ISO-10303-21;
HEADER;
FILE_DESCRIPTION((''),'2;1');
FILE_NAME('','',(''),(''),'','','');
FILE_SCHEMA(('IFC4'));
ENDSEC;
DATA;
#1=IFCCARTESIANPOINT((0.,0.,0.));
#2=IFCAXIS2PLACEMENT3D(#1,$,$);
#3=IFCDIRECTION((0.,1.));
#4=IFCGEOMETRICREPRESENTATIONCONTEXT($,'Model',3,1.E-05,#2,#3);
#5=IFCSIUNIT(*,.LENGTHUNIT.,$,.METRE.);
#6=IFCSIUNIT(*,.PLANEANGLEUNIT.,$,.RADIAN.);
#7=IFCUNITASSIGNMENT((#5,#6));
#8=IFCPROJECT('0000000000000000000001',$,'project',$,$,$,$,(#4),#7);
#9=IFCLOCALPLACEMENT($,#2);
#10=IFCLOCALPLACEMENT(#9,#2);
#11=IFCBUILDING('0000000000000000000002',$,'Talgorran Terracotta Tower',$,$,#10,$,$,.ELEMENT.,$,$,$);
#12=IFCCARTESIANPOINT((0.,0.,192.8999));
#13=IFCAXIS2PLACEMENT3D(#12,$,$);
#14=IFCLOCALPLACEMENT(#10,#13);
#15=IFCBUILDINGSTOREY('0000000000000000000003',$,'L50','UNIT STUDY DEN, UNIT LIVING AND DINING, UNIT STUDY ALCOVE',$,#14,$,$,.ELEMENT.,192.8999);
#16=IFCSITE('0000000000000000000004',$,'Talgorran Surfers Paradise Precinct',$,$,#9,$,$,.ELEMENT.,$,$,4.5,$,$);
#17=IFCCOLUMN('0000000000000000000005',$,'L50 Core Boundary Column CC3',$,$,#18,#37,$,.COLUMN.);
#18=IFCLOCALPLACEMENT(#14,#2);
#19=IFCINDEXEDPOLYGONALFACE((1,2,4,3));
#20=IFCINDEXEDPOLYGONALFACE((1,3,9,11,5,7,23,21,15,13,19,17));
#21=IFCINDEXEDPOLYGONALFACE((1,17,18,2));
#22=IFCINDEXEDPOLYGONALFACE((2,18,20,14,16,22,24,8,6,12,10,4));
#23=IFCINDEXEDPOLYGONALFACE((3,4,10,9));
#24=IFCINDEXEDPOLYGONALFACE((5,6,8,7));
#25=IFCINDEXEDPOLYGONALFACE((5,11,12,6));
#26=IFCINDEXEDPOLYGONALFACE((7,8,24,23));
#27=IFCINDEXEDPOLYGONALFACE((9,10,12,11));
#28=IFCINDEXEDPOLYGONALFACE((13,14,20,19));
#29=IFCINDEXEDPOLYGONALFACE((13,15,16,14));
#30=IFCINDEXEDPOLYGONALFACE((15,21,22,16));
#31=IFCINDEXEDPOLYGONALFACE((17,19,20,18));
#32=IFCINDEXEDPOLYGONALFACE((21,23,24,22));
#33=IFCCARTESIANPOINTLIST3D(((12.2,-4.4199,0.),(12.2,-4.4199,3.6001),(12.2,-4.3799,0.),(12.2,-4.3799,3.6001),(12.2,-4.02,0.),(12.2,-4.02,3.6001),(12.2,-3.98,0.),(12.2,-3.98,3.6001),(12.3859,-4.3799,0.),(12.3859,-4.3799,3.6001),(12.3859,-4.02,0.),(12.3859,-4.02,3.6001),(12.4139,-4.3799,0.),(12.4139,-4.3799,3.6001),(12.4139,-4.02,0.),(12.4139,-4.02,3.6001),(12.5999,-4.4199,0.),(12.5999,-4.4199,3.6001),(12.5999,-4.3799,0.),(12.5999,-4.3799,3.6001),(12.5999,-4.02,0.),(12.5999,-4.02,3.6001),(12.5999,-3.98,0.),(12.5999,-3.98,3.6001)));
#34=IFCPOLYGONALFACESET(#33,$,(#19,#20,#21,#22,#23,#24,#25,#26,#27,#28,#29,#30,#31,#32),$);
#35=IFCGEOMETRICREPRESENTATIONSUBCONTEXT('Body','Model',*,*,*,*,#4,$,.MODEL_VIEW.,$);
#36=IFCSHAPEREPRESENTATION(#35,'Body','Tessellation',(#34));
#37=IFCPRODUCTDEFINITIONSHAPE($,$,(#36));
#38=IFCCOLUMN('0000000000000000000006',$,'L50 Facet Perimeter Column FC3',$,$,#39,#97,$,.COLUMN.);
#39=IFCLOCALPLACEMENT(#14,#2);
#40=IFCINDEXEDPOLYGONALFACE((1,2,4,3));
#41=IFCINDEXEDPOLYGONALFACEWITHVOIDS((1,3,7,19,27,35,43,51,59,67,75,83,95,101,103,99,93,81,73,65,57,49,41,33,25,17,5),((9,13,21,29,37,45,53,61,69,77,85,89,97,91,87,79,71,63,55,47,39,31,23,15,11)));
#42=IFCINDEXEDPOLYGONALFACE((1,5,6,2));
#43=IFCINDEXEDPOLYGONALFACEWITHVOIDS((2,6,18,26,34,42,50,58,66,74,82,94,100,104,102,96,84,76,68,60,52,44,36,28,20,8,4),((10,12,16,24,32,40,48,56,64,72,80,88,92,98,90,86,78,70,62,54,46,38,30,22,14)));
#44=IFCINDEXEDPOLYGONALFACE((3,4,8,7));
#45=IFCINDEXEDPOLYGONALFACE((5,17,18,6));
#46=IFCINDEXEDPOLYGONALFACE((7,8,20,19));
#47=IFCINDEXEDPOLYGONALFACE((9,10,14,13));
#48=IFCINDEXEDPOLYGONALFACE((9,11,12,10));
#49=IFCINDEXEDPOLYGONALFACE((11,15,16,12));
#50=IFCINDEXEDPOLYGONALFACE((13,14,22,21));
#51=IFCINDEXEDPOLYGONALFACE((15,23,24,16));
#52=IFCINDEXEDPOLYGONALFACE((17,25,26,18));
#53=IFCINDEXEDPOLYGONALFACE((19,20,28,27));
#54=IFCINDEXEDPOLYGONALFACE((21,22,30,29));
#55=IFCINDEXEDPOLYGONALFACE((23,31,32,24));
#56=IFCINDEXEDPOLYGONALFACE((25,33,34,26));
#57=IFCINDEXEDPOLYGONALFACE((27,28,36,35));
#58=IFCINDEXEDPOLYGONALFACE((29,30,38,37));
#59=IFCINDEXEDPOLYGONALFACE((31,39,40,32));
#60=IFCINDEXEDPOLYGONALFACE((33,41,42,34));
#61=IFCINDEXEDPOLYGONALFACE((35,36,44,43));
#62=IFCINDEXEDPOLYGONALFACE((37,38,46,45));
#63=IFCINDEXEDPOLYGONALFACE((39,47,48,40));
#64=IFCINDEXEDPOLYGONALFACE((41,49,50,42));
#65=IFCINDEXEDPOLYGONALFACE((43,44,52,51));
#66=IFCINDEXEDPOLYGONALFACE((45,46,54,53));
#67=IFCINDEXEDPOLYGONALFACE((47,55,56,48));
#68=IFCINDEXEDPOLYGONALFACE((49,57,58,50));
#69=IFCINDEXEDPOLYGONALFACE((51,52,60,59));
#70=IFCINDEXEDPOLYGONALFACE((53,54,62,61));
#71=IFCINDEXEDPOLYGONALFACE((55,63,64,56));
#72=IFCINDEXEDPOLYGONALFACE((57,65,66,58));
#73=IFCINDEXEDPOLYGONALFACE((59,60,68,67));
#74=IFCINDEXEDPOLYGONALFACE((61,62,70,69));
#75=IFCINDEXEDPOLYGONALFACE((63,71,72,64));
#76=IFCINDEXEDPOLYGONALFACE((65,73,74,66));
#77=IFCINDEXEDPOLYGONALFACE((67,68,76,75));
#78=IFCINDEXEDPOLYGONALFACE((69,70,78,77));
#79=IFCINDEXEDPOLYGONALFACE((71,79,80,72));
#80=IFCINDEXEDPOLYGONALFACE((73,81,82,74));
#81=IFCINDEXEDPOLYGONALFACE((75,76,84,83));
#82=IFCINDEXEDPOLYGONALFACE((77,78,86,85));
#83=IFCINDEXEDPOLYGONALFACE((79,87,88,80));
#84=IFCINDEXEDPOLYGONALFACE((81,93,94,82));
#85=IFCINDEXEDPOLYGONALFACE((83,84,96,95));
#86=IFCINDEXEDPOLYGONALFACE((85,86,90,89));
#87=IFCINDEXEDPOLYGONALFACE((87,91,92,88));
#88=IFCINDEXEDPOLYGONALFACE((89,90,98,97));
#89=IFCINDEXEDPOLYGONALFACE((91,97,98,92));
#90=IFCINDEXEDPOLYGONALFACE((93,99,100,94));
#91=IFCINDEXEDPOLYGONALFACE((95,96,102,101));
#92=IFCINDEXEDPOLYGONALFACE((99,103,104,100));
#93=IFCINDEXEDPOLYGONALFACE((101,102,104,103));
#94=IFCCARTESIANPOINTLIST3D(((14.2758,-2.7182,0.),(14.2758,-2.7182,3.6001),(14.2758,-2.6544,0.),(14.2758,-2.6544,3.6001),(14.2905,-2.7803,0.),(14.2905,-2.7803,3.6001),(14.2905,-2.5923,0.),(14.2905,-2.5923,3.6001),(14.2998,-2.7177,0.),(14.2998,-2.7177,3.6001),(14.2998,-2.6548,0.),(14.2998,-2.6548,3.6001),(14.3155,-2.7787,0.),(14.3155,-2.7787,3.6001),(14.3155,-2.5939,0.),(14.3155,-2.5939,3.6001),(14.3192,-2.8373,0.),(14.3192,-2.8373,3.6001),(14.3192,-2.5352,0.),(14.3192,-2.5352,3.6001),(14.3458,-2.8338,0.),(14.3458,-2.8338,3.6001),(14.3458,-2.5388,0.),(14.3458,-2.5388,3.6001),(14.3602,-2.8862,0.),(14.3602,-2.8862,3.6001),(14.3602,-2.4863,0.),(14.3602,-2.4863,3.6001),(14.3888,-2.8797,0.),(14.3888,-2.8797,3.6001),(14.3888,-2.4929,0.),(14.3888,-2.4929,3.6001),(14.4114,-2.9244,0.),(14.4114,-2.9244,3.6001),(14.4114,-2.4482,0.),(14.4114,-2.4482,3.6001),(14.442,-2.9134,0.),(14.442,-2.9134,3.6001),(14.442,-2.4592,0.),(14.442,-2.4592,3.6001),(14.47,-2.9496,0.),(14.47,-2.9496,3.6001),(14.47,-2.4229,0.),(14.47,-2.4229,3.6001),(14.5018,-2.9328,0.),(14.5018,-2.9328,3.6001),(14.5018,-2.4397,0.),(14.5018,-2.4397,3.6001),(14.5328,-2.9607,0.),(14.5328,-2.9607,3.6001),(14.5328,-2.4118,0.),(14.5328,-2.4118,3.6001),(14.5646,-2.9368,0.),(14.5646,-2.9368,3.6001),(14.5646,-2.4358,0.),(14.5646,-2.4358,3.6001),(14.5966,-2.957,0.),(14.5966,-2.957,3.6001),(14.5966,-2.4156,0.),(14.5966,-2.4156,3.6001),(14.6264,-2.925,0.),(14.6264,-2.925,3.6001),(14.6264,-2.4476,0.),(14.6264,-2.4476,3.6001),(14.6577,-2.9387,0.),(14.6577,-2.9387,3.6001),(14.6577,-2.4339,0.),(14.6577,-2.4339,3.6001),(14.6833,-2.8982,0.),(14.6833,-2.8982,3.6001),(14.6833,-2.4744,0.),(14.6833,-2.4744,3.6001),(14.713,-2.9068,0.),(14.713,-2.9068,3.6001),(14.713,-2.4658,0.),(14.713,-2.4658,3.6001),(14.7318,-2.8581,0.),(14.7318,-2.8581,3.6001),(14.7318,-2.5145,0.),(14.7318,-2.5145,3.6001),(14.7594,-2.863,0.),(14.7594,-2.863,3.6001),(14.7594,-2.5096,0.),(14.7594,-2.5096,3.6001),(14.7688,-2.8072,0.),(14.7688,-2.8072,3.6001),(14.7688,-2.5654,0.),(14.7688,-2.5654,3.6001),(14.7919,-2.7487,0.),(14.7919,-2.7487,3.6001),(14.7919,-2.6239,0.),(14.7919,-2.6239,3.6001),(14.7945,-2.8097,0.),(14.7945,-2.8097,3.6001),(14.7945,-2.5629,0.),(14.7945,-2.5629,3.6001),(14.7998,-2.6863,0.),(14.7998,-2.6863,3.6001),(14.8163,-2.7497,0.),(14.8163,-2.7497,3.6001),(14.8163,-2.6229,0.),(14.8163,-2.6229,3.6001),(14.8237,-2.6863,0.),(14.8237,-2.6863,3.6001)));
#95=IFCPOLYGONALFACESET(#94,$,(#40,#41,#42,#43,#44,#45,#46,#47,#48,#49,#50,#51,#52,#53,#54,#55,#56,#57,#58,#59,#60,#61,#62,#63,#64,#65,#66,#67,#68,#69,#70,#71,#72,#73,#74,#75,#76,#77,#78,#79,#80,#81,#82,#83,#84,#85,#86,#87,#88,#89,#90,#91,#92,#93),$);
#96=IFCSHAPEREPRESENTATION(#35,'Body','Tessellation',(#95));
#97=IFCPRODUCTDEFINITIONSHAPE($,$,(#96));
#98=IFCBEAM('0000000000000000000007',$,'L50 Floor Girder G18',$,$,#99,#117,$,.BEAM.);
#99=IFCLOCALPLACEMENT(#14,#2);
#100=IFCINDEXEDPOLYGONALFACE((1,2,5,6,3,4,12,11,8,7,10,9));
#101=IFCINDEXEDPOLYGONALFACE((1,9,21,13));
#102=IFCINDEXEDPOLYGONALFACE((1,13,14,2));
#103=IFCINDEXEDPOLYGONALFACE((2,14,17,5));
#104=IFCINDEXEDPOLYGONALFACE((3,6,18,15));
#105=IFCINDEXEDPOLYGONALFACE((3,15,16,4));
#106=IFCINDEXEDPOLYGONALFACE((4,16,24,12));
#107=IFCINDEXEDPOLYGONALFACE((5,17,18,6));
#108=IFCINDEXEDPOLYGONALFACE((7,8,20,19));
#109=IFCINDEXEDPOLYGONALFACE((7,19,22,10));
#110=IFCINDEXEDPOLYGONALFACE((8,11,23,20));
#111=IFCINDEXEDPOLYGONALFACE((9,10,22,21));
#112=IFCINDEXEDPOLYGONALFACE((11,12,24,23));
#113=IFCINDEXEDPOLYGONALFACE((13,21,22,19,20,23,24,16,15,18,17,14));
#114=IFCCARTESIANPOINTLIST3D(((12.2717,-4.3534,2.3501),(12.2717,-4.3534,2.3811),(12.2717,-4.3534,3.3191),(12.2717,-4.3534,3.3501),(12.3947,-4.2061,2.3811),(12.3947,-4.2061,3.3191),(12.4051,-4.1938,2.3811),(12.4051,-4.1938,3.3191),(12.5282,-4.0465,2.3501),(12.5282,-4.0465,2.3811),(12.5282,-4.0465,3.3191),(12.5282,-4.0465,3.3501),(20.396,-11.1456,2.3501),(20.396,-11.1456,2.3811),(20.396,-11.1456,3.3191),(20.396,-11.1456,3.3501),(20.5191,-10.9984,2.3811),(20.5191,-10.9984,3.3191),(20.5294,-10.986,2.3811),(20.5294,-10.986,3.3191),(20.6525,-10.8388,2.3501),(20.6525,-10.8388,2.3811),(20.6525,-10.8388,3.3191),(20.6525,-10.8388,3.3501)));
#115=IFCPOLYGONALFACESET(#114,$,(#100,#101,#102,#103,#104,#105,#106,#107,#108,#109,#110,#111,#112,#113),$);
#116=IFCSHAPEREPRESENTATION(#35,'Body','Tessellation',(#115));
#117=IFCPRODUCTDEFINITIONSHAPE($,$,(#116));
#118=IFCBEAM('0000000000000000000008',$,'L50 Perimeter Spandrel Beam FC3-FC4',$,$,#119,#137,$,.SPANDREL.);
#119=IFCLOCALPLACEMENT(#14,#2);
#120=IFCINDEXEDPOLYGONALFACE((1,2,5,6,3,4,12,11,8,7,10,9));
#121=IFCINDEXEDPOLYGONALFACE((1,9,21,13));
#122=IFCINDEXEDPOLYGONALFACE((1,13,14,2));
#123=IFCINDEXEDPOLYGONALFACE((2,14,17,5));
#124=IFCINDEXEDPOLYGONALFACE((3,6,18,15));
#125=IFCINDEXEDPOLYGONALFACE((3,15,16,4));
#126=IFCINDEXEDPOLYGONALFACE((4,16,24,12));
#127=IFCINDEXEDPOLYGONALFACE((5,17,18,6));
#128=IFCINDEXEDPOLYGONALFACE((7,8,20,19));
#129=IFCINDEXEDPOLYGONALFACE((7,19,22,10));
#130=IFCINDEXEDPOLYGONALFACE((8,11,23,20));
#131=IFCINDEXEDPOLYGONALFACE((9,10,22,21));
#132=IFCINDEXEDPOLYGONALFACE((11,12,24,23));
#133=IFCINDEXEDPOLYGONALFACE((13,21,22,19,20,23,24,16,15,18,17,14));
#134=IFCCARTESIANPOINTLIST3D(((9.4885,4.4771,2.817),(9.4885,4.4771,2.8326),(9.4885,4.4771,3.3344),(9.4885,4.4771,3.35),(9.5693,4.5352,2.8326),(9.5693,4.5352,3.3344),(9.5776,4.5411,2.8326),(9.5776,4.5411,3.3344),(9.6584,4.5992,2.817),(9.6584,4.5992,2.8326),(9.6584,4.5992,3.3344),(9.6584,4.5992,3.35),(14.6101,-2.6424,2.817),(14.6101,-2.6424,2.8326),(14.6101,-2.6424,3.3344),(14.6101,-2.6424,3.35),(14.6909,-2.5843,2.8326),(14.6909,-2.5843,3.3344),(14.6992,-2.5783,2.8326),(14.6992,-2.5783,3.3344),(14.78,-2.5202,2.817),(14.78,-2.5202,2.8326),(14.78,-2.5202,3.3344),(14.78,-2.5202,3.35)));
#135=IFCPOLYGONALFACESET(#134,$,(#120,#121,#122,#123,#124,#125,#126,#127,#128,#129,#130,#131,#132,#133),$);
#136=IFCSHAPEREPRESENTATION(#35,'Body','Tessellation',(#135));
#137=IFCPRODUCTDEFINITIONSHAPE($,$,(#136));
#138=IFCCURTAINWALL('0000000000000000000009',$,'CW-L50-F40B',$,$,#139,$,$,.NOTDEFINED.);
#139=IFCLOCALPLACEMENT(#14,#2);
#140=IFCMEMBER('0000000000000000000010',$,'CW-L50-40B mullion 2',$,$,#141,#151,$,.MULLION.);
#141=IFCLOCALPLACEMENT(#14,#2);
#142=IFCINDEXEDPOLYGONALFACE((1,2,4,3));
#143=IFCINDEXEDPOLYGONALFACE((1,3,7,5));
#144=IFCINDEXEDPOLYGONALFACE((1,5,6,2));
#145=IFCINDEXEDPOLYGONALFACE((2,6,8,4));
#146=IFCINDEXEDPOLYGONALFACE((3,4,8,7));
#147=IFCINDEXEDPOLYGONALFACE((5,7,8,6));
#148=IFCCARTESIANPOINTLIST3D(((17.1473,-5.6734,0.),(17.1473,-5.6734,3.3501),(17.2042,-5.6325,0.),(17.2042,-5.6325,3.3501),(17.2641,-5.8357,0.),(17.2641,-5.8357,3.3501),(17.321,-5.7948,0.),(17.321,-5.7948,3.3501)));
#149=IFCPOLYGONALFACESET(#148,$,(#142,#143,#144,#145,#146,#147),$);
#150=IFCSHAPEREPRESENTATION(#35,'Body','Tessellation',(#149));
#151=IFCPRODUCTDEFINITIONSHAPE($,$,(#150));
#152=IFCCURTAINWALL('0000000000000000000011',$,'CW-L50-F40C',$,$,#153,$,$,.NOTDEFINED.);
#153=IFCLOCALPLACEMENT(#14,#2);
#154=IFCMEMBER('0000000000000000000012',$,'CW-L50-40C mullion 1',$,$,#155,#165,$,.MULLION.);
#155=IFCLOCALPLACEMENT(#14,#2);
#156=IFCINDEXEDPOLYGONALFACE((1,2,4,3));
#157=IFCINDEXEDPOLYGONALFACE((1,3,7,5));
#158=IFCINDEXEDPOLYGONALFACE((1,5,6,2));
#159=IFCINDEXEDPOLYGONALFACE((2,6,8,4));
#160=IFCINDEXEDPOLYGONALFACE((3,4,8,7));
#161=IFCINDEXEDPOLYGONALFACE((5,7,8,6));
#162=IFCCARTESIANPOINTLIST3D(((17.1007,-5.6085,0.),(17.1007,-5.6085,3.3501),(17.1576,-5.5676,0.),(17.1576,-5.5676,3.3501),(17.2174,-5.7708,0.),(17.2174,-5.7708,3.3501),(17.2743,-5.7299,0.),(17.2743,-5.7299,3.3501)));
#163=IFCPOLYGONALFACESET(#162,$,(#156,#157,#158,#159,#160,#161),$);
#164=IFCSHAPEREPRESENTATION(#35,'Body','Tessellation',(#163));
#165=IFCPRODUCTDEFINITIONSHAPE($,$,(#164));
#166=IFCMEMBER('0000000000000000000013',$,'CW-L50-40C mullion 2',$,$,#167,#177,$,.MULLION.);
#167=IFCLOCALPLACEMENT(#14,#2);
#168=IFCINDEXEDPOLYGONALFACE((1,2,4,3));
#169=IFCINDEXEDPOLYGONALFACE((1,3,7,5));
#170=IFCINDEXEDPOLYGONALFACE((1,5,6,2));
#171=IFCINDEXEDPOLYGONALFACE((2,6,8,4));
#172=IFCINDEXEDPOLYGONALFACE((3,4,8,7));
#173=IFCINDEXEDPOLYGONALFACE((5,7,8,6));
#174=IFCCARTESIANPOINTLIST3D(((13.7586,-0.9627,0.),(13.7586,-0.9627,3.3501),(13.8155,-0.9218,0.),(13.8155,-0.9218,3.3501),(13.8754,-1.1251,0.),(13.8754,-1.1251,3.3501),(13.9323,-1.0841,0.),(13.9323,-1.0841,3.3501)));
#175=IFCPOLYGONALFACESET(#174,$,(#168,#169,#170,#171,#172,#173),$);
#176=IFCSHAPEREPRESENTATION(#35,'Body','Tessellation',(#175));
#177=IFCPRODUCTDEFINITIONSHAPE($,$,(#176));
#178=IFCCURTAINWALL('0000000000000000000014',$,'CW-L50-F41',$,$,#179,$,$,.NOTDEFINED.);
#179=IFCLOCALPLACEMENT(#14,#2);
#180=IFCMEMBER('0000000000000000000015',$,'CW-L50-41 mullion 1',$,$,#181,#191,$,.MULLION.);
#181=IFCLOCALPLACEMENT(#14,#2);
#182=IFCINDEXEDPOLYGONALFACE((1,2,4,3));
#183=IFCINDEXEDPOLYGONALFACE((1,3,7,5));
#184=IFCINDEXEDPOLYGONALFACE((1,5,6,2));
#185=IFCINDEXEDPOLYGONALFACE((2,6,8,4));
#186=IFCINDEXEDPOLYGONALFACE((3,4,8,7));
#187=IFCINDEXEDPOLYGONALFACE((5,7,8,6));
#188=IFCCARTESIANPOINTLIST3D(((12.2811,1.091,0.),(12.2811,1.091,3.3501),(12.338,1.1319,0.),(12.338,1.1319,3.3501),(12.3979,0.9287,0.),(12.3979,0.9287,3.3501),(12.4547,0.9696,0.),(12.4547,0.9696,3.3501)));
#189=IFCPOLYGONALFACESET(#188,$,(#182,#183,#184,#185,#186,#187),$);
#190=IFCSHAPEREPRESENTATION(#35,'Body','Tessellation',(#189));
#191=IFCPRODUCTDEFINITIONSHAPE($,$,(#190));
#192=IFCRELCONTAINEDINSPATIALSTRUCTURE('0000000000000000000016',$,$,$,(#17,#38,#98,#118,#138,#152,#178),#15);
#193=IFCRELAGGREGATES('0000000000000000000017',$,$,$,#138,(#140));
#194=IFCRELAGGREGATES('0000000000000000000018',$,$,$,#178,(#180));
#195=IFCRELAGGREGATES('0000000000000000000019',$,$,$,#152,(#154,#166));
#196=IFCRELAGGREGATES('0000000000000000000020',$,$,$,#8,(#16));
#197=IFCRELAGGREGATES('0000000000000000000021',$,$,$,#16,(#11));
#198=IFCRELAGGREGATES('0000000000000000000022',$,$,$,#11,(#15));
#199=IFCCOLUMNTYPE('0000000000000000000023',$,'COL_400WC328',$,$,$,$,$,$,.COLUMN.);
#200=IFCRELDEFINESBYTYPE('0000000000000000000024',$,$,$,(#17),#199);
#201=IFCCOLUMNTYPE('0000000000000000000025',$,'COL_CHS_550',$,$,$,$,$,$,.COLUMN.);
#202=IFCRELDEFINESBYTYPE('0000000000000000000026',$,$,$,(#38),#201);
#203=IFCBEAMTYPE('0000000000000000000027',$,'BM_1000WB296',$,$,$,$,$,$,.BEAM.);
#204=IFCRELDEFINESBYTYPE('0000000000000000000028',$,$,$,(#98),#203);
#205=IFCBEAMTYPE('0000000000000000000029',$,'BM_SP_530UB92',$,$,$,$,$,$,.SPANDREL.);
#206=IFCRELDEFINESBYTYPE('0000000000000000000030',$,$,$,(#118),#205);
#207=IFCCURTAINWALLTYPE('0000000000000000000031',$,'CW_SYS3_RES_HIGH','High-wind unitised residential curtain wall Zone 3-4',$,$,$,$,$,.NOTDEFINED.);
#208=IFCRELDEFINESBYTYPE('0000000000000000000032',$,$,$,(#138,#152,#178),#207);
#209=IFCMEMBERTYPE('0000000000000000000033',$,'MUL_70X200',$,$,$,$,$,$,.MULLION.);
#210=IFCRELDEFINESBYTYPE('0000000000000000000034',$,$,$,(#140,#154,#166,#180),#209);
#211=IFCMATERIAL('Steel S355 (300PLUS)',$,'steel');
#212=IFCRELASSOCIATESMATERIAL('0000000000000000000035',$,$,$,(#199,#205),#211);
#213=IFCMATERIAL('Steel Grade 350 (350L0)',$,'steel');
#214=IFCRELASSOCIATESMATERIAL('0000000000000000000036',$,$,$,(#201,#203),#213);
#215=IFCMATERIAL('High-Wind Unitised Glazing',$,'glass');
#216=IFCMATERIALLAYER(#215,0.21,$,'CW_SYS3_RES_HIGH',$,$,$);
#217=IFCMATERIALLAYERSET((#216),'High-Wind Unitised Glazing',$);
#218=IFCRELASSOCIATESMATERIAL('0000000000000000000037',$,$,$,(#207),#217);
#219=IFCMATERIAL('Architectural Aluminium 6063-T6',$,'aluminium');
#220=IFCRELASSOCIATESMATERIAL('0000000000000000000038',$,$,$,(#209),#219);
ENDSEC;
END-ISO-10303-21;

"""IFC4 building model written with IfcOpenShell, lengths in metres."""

from ifc_helpers import new_model, si_unit, direction, frame, origin, origin_2d, place, context, subcontext, project, spatial, rectangle, hollow_circle, i_section, extrude, material, layer, layer_set, material_profile, profile_set, type_object, element, aggregate, save


model = new_model("IFC4")

# Units and contexts
model_context = context("Model", 3, precision=1e-05, world=origin(), true_north=direction((0.0, 1.0)))
body_context = subcontext(model_context, "Body", "Model", "MODEL_VIEW")
ifc_project = project(units=[si_unit("LENGTHUNIT", "METRE"), si_unit("PLANEANGLEUNIT", "RADIAN")], contexts=[model_context])

# Site, building, storey
site_placement = place(None, origin())
site = spatial("IfcSite", under=ifc_project, at=site_placement, Name="Talgorran Surfers Paradise Precinct", CompositionType="ELEMENT", RefElevation=4.5)
building_placement = place(site_placement, origin())
building = spatial("IfcBuilding", under=site, at=building_placement, Name="Talgorran Terracotta Tower", CompositionType="ELEMENT")
storey_placement = place(building_placement, frame((0.0, 0.0, 192.8999)))
storey = spatial("IfcBuildingStorey", under=building, at=storey_placement, Name="L50", Description="UNIT STUDY DEN, UNIT LIVING AND DINING, UNIT STUDY ALCOVE", CompositionType="ELEMENT", Elevation=192.8999)

# Columns
ifc_material_1 = material(Name="Steel S355 (300PLUS)", Category="steel")
ifc_material_profile_1 = material_profile(ifc_material_1, i_section(OverallWidth=0.3999, OverallDepth=0.4399, WebThickness=0.0281, FlangeThickness=0.04, at=origin_2d()), Name="400WC328")
ifc_profile_set_1 = profile_set([ifc_material_profile_1], Name="Steel S355 (300PLUS)")
column_type_1 = type_object("IfcColumnType", Name="COL_400WC328", PredefinedType="COLUMN", material=ifc_profile_set_1)
column_1_placement = place(storey_placement, frame((12.3999, -4.2, 0.0), z_axis=(0.0, 0.0, 1.0), x_axis=(1.0, 0.0, 0.0)))
element("IfcColumn", 1, at=column_1_placement, inside=storey, type_object=column_type_1, Name="L50 Core Boundary Column CC3", PredefinedType="COLUMN", context=body_context, shape_type="SweptSolid", body=[
    extrude(i_section(OverallWidth=0.3999, OverallDepth=0.4399, WebThickness=0.0281, FlangeThickness=0.04, at=origin_2d()), origin(), (0.0, 0.0, 1.0), 3.6001),
])
ifc_material_2 = material(Name="Steel Grade 350 (350L0)", Category="steel")
ifc_material_profile_2 = material_profile(ifc_material_2, hollow_circle(Radius=0.2749, WallThickness=0.0239, at=origin_2d()), Name="CHS550X24")
ifc_profile_set_2 = profile_set([ifc_material_profile_2], Name="Steel Grade 350 (350L0)")
column_type_2 = type_object("IfcColumnType", Name="COL_CHS_550", PredefinedType="COLUMN", material=ifc_profile_set_2)
column_2_placement = place(storey_placement, frame((14.5488, -2.6863, 0.0), z_axis=(0.0, 0.0, 1.0), x_axis=(1.0, 0.0, 0.0)))
element("IfcColumn", 2, at=column_2_placement, inside=storey, type_object=column_type_2, Name="L50 Facet Perimeter Column FC3", PredefinedType="COLUMN", context=body_context, shape_type="SweptSolid", body=[
    extrude(hollow_circle(Radius=0.2749, WallThickness=0.0239, at=origin_2d()), origin(), (0.0, 0.0, 1.0), 3.6001),
])

# Beams
ifc_material_profile_3 = material_profile(ifc_material_2, i_section(OverallWidth=0.3999, OverallDepth=1.0, WebThickness=0.0161, FlangeThickness=0.031, at=origin_2d()), Name="1000WB296")
ifc_profile_set_3 = profile_set([ifc_material_profile_3], Name="Steel Grade 350 (350L0)")
beam_type_1 = type_object("IfcBeamType", Name="BM_1000WB296", PredefinedType="BEAM", material=ifc_profile_set_3)
beam_1_placement = place(storey_placement, frame((12.3999, -4.2, 2.8501), z_axis=(0.767198, -0.64141, 0.0), x_axis=(0.64141, 0.767198, 0.0)))
element("IfcBeam", 3, at=beam_1_placement, inside=storey, type_object=beam_type_1, Name="L50 Floor Girder G18", PredefinedType="BEAM", context=body_context, shape_type="SweptSolid", body=[
    extrude(i_section(OverallWidth=0.3999, OverallDepth=1.0, WebThickness=0.0161, FlangeThickness=0.031, at=origin_2d()), origin(), (0.0, 0.0, 1.0), 10.5896),
])
ifc_material_profile_4 = material_profile(ifc_material_1, i_section(OverallWidth=0.2092, OverallDepth=0.533, WebThickness=0.0103, FlangeThickness=0.0156, at=origin_2d()), Name="530UB92.4")
ifc_profile_set_4 = profile_set([ifc_material_profile_4], Name="Steel S355 (300PLUS)")
beam_type_2 = type_object("IfcBeamType", Name="BM_SP_530UB92", PredefinedType="SPANDREL", material=ifc_profile_set_4)
beam_2_placement = place(storey_placement, frame((14.6951, -2.5813, 3.0835), z_axis=(-0.583976, 0.811771, 0.0), x_axis=(-0.811771, -0.583976, 0.0)))
element("IfcBeam", 4, at=beam_2_placement, inside=storey, type_object=beam_type_2, Name="L50 Perimeter Spandrel Beam FC3-FC4", PredefinedType="SPANDREL", context=body_context, shape_type="SweptSolid", body=[
    extrude(i_section(OverallWidth=0.2092, OverallDepth=0.533, WebThickness=0.0103, FlangeThickness=0.0156, at=origin_2d()), origin(), (0.0, 0.0, 1.0), 8.7703),
])

# Curtain wall, member
ifc_material_3 = material(Name="High-Wind Unitised Glazing", Category="glass")
ifc_layer_1 = layer(ifc_material_3, 0.21, Name="CW_SYS3_RES_HIGH")
ifc_layer_set_1 = layer_set([ifc_layer_1], Name="High-Wind Unitised Glazing")
curtain_wall_type = type_object("IfcCurtainWallType", Name="CW_SYS3_RES_HIGH", Description="High-wind unitised residential curtain wall Zone 3-4", PredefinedType="NOTDEFINED", material=ifc_layer_set_1)
curtain_wall_1_placement = place(storey_placement, origin())
curtain_wall_1 = element("IfcCurtainWall", 5, at=curtain_wall_1_placement, inside=storey, type_object=curtain_wall_type, Name="CW-L50-F40B", PredefinedType="NOTDEFINED")
ifc_material_4 = material(Name="Architectural Aluminium 6063-T6", Category="aluminium")
ifc_material_profile_5 = material_profile(ifc_material_4, rectangle(XDim=0.0701, YDim=0.2, at=origin_2d()), Name="CWM70X200")
ifc_profile_set_5 = profile_set([ifc_material_profile_5], Name="Architectural Aluminium 6063-T6")
member_type_1 = type_object("IfcMemberType", Name="MUL_70X200", PredefinedType="MULLION", material=ifc_profile_set_5)
member_1_placement = place(storey_placement, frame((17.2341, -5.7341, 0.0), z_axis=(0.0, 0.0, 1.0), x_axis=(-0.811775, -0.58397, 0.0)))
member_1 = element("IfcMember", 6, at=member_1_placement, type_object=member_type_1, Name="CW-L50-40B mullion 2", PredefinedType="MULLION", context=body_context, shape_type="SweptSolid", body=[
    extrude(rectangle(XDim=0.0701, YDim=0.2, at=origin_2d()), origin(), (0.0, 0.0, 1.0), 3.3501),
])
aggregate(curtain_wall_1, [member_1])

# Curtain wall, members
curtain_wall_2_placement = place(storey_placement, origin())
curtain_wall_2 = element("IfcCurtainWall", 7, at=curtain_wall_2_placement, inside=storey, type_object=curtain_wall_type, Name="CW-L50-F40C", PredefinedType="NOTDEFINED")
member_2_placement = place(storey_placement, frame((17.1875, -5.6692, 0.0), z_axis=(0.0, 0.0, 1.0), x_axis=(-0.811766, -0.583983, 0.0)))
member_2 = element("IfcMember", 8, at=member_2_placement, type_object=member_type_1, Name="CW-L50-40C mullion 1", PredefinedType="MULLION", context=body_context, shape_type="SweptSolid", body=[
    extrude(rectangle(XDim=0.0701, YDim=0.2, at=origin_2d()), origin(), (0.0, 0.0, 1.0), 3.3501),
])
member_3_placement = place(storey_placement, frame((13.8455, -1.0234, 0.0), z_axis=(0.0, 0.0, 1.0), x_axis=(-0.811766, -0.583983, 0.0)))
member_3 = element("IfcMember", 9, at=member_3_placement, type_object=member_type_1, Name="CW-L50-40C mullion 2", PredefinedType="MULLION", context=body_context, shape_type="SweptSolid", body=[
    extrude(rectangle(XDim=0.0701, YDim=0.2, at=origin_2d()), origin(), (0.0, 0.0, 1.0), 3.3501),
])

# Curtain wall, member
curtain_wall_3_placement = place(storey_placement, origin())
curtain_wall_3 = element("IfcCurtainWall", 10, at=curtain_wall_3_placement, inside=storey, type_object=curtain_wall_type, Name="CW-L50-F41", PredefinedType="NOTDEFINED")
member_4_placement = place(storey_placement, frame((12.3679, 1.0303, 0.0), z_axis=(0.0, 0.0, 1.0), x_axis=(-0.811764, -0.583986, 0.0)))
member_4 = element("IfcMember", 11, at=member_4_placement, type_object=member_type_1, Name="CW-L50-41 mullion 1", PredefinedType="MULLION", context=body_context, shape_type="SweptSolid", body=[
    extrude(rectangle(XDim=0.0701, YDim=0.2, at=origin_2d()), origin(), (0.0, 0.0, 1.0), 3.3501),
])

aggregate(curtain_wall_3, [member_4])

aggregate(curtain_wall_2, [member_2, member_3])

save(model, "model.ifc")
